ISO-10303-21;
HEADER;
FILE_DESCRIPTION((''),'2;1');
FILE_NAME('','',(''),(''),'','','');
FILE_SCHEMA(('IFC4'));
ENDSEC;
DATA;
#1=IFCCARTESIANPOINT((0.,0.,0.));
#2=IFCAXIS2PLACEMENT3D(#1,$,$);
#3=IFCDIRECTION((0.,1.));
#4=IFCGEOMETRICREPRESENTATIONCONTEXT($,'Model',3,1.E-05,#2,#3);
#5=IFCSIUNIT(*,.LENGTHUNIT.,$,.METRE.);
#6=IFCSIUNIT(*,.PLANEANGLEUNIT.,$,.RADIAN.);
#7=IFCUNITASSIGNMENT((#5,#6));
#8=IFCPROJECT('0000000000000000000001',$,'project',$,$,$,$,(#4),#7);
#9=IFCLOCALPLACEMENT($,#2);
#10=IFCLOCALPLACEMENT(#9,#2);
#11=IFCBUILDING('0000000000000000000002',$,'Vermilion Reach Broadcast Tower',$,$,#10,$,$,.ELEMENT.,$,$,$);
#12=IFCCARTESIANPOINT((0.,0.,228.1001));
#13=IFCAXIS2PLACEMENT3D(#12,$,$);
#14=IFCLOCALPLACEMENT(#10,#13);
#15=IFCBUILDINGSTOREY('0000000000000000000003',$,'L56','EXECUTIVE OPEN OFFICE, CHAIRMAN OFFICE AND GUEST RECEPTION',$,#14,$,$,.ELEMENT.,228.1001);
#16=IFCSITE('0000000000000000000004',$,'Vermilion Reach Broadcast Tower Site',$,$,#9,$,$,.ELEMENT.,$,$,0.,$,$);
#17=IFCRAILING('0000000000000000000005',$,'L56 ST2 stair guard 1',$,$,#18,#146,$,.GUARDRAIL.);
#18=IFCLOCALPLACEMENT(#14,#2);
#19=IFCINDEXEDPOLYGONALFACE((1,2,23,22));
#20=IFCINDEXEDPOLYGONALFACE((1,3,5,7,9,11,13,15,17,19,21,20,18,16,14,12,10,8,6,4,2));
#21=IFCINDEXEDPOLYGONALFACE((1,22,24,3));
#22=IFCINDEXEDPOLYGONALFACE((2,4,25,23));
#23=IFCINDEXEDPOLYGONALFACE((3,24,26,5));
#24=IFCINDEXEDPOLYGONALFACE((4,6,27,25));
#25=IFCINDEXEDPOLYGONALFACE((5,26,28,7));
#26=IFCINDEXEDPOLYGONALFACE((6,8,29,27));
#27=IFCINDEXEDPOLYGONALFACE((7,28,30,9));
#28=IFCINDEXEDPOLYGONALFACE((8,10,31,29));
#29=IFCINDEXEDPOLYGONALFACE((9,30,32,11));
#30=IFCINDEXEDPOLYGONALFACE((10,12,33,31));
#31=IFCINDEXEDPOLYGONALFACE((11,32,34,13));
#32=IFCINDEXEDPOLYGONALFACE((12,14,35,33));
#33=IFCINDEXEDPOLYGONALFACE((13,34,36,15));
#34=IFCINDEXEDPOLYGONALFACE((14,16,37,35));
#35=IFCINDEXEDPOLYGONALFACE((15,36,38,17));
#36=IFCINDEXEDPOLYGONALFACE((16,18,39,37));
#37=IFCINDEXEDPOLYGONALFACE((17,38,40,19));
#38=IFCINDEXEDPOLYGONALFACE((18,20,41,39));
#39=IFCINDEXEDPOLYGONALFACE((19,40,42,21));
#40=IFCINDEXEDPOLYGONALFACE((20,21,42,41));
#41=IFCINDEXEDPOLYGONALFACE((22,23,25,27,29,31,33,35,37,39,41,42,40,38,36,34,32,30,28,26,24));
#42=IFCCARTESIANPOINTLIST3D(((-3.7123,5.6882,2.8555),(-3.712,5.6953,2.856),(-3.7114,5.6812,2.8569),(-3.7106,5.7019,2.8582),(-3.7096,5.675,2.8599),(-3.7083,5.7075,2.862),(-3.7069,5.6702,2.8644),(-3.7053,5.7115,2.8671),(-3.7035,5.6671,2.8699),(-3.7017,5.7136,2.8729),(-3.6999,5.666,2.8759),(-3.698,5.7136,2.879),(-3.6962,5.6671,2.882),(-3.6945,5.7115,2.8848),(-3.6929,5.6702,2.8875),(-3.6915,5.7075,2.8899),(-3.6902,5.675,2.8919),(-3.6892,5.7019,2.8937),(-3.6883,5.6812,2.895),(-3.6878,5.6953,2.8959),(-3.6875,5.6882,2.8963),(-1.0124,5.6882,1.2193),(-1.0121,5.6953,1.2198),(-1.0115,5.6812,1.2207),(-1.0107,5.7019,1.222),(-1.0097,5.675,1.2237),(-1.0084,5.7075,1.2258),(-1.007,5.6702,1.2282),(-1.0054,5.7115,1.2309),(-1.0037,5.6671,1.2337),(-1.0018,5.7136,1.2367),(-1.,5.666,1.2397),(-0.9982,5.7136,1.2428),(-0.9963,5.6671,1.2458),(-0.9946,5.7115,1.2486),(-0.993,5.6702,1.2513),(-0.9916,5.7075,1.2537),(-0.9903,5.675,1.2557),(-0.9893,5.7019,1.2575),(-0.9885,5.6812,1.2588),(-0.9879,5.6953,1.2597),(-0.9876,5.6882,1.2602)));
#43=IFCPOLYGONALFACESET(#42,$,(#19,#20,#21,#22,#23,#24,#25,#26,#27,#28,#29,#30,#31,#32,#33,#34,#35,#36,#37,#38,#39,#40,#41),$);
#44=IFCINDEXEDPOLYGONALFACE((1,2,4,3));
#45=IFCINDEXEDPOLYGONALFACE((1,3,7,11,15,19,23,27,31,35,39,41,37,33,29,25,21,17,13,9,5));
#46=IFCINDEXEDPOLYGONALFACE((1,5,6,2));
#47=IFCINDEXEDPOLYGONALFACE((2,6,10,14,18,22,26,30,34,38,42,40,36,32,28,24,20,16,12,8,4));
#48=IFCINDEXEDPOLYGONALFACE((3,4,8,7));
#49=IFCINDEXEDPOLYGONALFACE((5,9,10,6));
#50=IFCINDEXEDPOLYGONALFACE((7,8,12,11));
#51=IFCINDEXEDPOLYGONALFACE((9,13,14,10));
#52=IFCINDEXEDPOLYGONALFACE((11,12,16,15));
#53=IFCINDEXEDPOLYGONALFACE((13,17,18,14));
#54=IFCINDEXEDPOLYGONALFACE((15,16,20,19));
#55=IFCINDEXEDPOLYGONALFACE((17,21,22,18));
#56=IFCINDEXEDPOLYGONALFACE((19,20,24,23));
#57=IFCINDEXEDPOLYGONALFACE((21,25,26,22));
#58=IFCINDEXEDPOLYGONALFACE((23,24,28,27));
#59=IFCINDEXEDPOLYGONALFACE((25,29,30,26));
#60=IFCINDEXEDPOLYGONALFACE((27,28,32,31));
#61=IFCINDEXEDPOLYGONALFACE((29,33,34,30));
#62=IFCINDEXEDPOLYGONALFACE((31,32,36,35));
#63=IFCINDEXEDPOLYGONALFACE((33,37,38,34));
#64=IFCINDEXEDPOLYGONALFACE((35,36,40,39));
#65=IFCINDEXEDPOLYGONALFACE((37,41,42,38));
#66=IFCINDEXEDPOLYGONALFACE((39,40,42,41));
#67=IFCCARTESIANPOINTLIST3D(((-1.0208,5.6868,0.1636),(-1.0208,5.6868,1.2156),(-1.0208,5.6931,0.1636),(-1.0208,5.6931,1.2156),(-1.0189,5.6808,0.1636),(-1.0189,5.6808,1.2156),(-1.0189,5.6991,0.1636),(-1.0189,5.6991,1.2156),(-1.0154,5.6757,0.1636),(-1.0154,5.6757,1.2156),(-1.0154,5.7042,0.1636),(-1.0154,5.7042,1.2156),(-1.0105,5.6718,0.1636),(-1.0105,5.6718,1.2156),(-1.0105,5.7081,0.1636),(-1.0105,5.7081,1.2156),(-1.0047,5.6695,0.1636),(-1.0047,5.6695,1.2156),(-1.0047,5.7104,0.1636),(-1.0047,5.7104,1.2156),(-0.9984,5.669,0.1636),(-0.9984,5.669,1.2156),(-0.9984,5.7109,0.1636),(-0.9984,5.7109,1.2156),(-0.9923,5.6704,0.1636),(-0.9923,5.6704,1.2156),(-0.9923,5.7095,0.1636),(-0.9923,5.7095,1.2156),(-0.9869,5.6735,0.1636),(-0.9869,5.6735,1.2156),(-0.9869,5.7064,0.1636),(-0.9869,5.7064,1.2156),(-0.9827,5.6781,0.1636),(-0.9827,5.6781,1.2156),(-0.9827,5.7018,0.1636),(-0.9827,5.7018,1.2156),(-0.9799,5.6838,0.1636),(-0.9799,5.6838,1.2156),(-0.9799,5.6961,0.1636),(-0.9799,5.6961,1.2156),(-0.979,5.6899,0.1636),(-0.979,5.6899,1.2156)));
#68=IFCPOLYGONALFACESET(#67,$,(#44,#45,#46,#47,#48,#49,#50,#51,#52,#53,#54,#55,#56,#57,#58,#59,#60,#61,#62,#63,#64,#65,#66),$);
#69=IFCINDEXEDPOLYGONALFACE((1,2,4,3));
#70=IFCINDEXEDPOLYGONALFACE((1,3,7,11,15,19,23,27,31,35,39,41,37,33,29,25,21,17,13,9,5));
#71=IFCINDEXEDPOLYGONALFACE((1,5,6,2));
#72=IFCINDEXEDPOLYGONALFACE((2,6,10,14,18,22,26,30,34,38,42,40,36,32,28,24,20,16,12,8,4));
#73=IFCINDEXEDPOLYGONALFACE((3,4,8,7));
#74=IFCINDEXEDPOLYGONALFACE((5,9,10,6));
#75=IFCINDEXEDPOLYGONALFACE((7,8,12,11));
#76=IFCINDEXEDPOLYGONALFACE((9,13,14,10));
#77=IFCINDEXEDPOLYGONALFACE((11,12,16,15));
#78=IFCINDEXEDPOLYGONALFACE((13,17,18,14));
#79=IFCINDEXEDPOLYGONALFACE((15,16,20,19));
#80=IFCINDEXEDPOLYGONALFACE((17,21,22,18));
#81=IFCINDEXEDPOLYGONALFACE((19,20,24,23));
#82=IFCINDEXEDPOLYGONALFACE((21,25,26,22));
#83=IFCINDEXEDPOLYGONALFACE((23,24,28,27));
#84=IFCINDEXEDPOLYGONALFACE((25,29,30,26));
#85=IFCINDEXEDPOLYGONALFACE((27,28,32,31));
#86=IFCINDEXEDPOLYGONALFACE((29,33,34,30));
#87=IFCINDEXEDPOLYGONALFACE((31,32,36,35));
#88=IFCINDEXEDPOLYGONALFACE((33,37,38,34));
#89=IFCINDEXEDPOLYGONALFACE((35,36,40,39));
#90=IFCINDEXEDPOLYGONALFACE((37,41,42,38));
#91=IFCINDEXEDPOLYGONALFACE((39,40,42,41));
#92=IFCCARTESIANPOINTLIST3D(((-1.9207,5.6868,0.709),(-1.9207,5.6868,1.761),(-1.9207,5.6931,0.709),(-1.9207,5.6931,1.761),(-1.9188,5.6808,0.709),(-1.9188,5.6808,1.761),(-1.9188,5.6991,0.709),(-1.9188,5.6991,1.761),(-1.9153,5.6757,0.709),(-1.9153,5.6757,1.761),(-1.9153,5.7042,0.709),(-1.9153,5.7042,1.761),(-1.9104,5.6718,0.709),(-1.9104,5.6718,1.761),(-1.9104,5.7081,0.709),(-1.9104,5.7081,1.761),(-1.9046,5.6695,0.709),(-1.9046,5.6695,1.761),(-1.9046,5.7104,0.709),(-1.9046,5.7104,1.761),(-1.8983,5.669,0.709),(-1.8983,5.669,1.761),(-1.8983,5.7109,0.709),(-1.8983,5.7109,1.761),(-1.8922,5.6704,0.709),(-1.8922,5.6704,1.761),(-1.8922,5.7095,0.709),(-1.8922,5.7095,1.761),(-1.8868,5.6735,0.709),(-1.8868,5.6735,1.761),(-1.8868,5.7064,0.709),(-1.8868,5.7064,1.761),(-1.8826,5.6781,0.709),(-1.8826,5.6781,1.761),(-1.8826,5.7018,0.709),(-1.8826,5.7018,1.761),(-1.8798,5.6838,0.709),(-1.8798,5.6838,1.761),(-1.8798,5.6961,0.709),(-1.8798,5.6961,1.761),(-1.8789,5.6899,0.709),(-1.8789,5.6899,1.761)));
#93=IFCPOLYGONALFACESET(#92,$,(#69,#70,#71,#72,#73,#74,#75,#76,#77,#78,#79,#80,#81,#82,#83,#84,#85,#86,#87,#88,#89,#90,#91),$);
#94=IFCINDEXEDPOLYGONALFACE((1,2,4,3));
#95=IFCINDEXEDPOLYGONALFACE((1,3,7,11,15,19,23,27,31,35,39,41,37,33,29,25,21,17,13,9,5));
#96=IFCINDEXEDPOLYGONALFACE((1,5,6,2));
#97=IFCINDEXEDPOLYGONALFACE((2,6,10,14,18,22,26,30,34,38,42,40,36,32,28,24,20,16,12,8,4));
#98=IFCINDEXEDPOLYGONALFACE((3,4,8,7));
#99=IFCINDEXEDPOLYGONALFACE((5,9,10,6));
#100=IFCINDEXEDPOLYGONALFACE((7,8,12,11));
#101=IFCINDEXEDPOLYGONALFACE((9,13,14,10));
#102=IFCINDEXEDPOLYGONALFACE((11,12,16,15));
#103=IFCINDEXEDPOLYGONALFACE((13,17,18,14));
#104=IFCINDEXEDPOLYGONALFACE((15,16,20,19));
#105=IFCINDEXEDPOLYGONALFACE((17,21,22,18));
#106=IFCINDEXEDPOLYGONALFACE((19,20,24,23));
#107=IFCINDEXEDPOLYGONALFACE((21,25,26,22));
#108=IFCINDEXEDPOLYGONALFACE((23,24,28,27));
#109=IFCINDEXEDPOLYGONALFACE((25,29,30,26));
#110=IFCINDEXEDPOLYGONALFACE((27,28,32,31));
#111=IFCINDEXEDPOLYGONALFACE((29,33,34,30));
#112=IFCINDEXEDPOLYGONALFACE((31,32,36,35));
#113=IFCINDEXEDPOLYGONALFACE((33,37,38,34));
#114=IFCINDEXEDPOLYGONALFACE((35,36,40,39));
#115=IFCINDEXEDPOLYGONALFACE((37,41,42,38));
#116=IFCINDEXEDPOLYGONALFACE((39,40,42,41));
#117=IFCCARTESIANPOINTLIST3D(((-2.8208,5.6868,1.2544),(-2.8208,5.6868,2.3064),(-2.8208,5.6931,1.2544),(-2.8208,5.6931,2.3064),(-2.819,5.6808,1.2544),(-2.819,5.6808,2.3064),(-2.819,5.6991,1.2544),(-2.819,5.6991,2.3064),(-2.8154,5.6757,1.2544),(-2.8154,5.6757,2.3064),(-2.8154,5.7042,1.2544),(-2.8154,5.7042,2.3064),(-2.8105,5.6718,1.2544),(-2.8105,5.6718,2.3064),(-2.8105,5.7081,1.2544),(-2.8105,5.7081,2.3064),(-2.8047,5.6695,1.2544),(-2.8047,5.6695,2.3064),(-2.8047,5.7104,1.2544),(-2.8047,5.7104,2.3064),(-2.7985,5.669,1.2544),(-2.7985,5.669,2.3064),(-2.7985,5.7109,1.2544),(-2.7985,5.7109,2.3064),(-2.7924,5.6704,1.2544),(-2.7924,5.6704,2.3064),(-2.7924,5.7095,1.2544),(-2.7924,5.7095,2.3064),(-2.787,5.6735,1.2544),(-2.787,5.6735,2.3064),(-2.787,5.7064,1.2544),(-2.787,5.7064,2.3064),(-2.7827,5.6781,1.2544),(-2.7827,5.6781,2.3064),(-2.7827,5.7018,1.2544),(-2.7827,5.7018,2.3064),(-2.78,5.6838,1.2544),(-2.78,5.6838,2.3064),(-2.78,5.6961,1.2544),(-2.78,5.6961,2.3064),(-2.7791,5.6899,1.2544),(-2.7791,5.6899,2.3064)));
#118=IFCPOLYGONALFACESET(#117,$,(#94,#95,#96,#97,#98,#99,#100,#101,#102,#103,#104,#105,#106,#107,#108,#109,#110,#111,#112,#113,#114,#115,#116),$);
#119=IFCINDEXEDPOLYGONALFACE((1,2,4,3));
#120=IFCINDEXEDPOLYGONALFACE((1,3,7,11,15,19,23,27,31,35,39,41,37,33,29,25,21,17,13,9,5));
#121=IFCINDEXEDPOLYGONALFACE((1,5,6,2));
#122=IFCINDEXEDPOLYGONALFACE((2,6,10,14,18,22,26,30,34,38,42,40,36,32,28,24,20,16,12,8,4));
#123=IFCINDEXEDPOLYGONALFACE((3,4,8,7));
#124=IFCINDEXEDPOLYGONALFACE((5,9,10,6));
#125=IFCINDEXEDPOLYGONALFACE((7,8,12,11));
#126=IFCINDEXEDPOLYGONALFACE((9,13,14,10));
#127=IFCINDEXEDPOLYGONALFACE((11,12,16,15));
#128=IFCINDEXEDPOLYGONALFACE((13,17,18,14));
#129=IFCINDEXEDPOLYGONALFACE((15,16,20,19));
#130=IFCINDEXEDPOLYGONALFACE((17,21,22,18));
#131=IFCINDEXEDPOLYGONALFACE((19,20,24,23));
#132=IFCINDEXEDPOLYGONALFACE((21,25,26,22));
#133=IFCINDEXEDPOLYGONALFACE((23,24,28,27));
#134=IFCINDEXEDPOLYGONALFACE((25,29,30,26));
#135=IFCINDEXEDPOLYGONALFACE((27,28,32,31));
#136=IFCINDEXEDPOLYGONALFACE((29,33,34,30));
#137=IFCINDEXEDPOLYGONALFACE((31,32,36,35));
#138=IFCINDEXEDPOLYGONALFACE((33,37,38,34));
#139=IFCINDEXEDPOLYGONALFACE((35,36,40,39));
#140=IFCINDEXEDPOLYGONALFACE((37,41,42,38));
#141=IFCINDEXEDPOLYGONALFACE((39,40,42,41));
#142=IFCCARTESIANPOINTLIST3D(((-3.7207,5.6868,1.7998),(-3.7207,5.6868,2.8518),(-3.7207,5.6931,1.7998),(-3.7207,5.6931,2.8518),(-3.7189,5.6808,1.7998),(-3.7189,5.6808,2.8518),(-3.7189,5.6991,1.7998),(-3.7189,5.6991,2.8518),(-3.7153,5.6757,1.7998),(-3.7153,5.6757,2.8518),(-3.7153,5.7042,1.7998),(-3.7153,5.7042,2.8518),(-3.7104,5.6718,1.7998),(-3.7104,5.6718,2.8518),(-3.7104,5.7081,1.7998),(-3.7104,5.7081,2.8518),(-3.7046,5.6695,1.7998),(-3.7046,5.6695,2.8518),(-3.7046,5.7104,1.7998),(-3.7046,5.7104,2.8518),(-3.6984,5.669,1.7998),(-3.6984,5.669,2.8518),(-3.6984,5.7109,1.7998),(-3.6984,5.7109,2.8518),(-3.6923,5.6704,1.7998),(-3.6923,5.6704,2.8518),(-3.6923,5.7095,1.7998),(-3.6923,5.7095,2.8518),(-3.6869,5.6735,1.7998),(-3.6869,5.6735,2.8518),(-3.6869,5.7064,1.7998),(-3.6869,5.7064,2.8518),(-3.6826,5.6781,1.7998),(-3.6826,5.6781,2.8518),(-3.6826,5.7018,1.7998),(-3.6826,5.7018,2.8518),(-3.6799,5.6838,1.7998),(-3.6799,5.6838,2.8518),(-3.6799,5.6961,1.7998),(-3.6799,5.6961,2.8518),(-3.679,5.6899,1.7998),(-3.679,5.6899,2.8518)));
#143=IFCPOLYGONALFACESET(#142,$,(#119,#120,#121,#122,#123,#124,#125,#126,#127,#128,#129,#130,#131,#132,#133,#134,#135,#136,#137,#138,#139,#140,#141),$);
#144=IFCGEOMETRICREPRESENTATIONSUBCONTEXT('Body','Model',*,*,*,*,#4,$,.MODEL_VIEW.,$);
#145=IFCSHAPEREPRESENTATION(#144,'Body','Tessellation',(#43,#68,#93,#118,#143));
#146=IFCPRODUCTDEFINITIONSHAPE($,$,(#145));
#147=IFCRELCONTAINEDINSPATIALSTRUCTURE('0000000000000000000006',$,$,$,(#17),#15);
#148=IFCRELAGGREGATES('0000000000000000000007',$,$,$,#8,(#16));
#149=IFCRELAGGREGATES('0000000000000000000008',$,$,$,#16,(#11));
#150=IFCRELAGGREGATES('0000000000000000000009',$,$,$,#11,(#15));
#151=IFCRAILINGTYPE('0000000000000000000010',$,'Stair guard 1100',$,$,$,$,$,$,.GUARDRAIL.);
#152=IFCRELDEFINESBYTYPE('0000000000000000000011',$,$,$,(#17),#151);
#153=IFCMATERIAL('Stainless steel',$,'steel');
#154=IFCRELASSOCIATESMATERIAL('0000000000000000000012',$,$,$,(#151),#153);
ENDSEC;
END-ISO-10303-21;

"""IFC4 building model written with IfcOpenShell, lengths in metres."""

from ifc_helpers import new_model, si_unit, direction, frame, origin, origin_2d, place, context, subcontext, project, spatial, circle, extrude, material, type_object, element, save


model = new_model("IFC4")

# Units and contexts
model_context = context("Model", 3, precision=1e-05, world=origin(), true_north=direction((0.0, 1.0)))
body_context = subcontext(model_context, "Body", "Model", "MODEL_VIEW")
ifc_project = project(units=[si_unit("LENGTHUNIT", "METRE"), si_unit("PLANEANGLEUNIT", "RADIAN")], contexts=[model_context])

# Site, building, storey
site_placement = place(None, origin())
site = spatial("IfcSite", under=ifc_project, at=site_placement, Name="Vermilion Reach Broadcast Tower Site", CompositionType="ELEMENT", RefElevation=0.0)
building_placement = place(site_placement, origin())
building = spatial("IfcBuilding", under=site, at=building_placement, Name="Vermilion Reach Broadcast Tower", CompositionType="ELEMENT")
storey_placement = place(building_placement, frame((0.0, 0.0, 228.1001)))
storey = spatial("IfcBuildingStorey", under=building, at=storey_placement, Name="L56", Description="EXECUTIVE OPEN OFFICE, CHAIRMAN OFFICE AND GUEST RECEPTION", CompositionType="ELEMENT", Elevation=228.1001)

# Railing
ifc_material_1 = material(Name="Stainless steel", Category="steel")
railing_type_1 = type_object("IfcRailingType", Name="Stair guard 1100", PredefinedType="GUARDRAIL", material=ifc_material_1)
railing_1_placement = place(storey_placement, frame((-1.0, 5.6899, 0.1636)))
element("IfcRailing", 1, at=railing_1_placement, inside=storey, type_object=railing_type_1, Name="L56 ST2 stair guard 1", PredefinedType="GUARDRAIL", context=body_context, shape_type="SweptSolid", body=[
    extrude(circle(Radius=0.0239, at=origin_2d()), frame((0.0, 0.0, 1.0762), z_axis=(-0.855212, 0.0, 0.518278), x_axis=(0.0, -1.0, 0.0)), (0.0, 0.0, 1.0), 3.157),
    extrude(circle(Radius=0.021, at=origin_2d()), origin(), (0.0, 0.0, 1.0), 1.052),
    extrude(circle(Radius=0.021, at=origin_2d()), frame((-0.8999, 0.0, 0.5454)), (0.0, 0.0, 1.0), 1.052),
    extrude(circle(Radius=0.021, at=origin_2d()), frame((-1.8, 0.0, 1.0908)), (0.0, 0.0, 1.0), 1.052),
    extrude(circle(Radius=0.021, at=origin_2d()), frame((-2.7, 0.0, 1.6362)), (0.0, 0.0, 1.0), 1.052),
])

save(model, "model.ifc")
